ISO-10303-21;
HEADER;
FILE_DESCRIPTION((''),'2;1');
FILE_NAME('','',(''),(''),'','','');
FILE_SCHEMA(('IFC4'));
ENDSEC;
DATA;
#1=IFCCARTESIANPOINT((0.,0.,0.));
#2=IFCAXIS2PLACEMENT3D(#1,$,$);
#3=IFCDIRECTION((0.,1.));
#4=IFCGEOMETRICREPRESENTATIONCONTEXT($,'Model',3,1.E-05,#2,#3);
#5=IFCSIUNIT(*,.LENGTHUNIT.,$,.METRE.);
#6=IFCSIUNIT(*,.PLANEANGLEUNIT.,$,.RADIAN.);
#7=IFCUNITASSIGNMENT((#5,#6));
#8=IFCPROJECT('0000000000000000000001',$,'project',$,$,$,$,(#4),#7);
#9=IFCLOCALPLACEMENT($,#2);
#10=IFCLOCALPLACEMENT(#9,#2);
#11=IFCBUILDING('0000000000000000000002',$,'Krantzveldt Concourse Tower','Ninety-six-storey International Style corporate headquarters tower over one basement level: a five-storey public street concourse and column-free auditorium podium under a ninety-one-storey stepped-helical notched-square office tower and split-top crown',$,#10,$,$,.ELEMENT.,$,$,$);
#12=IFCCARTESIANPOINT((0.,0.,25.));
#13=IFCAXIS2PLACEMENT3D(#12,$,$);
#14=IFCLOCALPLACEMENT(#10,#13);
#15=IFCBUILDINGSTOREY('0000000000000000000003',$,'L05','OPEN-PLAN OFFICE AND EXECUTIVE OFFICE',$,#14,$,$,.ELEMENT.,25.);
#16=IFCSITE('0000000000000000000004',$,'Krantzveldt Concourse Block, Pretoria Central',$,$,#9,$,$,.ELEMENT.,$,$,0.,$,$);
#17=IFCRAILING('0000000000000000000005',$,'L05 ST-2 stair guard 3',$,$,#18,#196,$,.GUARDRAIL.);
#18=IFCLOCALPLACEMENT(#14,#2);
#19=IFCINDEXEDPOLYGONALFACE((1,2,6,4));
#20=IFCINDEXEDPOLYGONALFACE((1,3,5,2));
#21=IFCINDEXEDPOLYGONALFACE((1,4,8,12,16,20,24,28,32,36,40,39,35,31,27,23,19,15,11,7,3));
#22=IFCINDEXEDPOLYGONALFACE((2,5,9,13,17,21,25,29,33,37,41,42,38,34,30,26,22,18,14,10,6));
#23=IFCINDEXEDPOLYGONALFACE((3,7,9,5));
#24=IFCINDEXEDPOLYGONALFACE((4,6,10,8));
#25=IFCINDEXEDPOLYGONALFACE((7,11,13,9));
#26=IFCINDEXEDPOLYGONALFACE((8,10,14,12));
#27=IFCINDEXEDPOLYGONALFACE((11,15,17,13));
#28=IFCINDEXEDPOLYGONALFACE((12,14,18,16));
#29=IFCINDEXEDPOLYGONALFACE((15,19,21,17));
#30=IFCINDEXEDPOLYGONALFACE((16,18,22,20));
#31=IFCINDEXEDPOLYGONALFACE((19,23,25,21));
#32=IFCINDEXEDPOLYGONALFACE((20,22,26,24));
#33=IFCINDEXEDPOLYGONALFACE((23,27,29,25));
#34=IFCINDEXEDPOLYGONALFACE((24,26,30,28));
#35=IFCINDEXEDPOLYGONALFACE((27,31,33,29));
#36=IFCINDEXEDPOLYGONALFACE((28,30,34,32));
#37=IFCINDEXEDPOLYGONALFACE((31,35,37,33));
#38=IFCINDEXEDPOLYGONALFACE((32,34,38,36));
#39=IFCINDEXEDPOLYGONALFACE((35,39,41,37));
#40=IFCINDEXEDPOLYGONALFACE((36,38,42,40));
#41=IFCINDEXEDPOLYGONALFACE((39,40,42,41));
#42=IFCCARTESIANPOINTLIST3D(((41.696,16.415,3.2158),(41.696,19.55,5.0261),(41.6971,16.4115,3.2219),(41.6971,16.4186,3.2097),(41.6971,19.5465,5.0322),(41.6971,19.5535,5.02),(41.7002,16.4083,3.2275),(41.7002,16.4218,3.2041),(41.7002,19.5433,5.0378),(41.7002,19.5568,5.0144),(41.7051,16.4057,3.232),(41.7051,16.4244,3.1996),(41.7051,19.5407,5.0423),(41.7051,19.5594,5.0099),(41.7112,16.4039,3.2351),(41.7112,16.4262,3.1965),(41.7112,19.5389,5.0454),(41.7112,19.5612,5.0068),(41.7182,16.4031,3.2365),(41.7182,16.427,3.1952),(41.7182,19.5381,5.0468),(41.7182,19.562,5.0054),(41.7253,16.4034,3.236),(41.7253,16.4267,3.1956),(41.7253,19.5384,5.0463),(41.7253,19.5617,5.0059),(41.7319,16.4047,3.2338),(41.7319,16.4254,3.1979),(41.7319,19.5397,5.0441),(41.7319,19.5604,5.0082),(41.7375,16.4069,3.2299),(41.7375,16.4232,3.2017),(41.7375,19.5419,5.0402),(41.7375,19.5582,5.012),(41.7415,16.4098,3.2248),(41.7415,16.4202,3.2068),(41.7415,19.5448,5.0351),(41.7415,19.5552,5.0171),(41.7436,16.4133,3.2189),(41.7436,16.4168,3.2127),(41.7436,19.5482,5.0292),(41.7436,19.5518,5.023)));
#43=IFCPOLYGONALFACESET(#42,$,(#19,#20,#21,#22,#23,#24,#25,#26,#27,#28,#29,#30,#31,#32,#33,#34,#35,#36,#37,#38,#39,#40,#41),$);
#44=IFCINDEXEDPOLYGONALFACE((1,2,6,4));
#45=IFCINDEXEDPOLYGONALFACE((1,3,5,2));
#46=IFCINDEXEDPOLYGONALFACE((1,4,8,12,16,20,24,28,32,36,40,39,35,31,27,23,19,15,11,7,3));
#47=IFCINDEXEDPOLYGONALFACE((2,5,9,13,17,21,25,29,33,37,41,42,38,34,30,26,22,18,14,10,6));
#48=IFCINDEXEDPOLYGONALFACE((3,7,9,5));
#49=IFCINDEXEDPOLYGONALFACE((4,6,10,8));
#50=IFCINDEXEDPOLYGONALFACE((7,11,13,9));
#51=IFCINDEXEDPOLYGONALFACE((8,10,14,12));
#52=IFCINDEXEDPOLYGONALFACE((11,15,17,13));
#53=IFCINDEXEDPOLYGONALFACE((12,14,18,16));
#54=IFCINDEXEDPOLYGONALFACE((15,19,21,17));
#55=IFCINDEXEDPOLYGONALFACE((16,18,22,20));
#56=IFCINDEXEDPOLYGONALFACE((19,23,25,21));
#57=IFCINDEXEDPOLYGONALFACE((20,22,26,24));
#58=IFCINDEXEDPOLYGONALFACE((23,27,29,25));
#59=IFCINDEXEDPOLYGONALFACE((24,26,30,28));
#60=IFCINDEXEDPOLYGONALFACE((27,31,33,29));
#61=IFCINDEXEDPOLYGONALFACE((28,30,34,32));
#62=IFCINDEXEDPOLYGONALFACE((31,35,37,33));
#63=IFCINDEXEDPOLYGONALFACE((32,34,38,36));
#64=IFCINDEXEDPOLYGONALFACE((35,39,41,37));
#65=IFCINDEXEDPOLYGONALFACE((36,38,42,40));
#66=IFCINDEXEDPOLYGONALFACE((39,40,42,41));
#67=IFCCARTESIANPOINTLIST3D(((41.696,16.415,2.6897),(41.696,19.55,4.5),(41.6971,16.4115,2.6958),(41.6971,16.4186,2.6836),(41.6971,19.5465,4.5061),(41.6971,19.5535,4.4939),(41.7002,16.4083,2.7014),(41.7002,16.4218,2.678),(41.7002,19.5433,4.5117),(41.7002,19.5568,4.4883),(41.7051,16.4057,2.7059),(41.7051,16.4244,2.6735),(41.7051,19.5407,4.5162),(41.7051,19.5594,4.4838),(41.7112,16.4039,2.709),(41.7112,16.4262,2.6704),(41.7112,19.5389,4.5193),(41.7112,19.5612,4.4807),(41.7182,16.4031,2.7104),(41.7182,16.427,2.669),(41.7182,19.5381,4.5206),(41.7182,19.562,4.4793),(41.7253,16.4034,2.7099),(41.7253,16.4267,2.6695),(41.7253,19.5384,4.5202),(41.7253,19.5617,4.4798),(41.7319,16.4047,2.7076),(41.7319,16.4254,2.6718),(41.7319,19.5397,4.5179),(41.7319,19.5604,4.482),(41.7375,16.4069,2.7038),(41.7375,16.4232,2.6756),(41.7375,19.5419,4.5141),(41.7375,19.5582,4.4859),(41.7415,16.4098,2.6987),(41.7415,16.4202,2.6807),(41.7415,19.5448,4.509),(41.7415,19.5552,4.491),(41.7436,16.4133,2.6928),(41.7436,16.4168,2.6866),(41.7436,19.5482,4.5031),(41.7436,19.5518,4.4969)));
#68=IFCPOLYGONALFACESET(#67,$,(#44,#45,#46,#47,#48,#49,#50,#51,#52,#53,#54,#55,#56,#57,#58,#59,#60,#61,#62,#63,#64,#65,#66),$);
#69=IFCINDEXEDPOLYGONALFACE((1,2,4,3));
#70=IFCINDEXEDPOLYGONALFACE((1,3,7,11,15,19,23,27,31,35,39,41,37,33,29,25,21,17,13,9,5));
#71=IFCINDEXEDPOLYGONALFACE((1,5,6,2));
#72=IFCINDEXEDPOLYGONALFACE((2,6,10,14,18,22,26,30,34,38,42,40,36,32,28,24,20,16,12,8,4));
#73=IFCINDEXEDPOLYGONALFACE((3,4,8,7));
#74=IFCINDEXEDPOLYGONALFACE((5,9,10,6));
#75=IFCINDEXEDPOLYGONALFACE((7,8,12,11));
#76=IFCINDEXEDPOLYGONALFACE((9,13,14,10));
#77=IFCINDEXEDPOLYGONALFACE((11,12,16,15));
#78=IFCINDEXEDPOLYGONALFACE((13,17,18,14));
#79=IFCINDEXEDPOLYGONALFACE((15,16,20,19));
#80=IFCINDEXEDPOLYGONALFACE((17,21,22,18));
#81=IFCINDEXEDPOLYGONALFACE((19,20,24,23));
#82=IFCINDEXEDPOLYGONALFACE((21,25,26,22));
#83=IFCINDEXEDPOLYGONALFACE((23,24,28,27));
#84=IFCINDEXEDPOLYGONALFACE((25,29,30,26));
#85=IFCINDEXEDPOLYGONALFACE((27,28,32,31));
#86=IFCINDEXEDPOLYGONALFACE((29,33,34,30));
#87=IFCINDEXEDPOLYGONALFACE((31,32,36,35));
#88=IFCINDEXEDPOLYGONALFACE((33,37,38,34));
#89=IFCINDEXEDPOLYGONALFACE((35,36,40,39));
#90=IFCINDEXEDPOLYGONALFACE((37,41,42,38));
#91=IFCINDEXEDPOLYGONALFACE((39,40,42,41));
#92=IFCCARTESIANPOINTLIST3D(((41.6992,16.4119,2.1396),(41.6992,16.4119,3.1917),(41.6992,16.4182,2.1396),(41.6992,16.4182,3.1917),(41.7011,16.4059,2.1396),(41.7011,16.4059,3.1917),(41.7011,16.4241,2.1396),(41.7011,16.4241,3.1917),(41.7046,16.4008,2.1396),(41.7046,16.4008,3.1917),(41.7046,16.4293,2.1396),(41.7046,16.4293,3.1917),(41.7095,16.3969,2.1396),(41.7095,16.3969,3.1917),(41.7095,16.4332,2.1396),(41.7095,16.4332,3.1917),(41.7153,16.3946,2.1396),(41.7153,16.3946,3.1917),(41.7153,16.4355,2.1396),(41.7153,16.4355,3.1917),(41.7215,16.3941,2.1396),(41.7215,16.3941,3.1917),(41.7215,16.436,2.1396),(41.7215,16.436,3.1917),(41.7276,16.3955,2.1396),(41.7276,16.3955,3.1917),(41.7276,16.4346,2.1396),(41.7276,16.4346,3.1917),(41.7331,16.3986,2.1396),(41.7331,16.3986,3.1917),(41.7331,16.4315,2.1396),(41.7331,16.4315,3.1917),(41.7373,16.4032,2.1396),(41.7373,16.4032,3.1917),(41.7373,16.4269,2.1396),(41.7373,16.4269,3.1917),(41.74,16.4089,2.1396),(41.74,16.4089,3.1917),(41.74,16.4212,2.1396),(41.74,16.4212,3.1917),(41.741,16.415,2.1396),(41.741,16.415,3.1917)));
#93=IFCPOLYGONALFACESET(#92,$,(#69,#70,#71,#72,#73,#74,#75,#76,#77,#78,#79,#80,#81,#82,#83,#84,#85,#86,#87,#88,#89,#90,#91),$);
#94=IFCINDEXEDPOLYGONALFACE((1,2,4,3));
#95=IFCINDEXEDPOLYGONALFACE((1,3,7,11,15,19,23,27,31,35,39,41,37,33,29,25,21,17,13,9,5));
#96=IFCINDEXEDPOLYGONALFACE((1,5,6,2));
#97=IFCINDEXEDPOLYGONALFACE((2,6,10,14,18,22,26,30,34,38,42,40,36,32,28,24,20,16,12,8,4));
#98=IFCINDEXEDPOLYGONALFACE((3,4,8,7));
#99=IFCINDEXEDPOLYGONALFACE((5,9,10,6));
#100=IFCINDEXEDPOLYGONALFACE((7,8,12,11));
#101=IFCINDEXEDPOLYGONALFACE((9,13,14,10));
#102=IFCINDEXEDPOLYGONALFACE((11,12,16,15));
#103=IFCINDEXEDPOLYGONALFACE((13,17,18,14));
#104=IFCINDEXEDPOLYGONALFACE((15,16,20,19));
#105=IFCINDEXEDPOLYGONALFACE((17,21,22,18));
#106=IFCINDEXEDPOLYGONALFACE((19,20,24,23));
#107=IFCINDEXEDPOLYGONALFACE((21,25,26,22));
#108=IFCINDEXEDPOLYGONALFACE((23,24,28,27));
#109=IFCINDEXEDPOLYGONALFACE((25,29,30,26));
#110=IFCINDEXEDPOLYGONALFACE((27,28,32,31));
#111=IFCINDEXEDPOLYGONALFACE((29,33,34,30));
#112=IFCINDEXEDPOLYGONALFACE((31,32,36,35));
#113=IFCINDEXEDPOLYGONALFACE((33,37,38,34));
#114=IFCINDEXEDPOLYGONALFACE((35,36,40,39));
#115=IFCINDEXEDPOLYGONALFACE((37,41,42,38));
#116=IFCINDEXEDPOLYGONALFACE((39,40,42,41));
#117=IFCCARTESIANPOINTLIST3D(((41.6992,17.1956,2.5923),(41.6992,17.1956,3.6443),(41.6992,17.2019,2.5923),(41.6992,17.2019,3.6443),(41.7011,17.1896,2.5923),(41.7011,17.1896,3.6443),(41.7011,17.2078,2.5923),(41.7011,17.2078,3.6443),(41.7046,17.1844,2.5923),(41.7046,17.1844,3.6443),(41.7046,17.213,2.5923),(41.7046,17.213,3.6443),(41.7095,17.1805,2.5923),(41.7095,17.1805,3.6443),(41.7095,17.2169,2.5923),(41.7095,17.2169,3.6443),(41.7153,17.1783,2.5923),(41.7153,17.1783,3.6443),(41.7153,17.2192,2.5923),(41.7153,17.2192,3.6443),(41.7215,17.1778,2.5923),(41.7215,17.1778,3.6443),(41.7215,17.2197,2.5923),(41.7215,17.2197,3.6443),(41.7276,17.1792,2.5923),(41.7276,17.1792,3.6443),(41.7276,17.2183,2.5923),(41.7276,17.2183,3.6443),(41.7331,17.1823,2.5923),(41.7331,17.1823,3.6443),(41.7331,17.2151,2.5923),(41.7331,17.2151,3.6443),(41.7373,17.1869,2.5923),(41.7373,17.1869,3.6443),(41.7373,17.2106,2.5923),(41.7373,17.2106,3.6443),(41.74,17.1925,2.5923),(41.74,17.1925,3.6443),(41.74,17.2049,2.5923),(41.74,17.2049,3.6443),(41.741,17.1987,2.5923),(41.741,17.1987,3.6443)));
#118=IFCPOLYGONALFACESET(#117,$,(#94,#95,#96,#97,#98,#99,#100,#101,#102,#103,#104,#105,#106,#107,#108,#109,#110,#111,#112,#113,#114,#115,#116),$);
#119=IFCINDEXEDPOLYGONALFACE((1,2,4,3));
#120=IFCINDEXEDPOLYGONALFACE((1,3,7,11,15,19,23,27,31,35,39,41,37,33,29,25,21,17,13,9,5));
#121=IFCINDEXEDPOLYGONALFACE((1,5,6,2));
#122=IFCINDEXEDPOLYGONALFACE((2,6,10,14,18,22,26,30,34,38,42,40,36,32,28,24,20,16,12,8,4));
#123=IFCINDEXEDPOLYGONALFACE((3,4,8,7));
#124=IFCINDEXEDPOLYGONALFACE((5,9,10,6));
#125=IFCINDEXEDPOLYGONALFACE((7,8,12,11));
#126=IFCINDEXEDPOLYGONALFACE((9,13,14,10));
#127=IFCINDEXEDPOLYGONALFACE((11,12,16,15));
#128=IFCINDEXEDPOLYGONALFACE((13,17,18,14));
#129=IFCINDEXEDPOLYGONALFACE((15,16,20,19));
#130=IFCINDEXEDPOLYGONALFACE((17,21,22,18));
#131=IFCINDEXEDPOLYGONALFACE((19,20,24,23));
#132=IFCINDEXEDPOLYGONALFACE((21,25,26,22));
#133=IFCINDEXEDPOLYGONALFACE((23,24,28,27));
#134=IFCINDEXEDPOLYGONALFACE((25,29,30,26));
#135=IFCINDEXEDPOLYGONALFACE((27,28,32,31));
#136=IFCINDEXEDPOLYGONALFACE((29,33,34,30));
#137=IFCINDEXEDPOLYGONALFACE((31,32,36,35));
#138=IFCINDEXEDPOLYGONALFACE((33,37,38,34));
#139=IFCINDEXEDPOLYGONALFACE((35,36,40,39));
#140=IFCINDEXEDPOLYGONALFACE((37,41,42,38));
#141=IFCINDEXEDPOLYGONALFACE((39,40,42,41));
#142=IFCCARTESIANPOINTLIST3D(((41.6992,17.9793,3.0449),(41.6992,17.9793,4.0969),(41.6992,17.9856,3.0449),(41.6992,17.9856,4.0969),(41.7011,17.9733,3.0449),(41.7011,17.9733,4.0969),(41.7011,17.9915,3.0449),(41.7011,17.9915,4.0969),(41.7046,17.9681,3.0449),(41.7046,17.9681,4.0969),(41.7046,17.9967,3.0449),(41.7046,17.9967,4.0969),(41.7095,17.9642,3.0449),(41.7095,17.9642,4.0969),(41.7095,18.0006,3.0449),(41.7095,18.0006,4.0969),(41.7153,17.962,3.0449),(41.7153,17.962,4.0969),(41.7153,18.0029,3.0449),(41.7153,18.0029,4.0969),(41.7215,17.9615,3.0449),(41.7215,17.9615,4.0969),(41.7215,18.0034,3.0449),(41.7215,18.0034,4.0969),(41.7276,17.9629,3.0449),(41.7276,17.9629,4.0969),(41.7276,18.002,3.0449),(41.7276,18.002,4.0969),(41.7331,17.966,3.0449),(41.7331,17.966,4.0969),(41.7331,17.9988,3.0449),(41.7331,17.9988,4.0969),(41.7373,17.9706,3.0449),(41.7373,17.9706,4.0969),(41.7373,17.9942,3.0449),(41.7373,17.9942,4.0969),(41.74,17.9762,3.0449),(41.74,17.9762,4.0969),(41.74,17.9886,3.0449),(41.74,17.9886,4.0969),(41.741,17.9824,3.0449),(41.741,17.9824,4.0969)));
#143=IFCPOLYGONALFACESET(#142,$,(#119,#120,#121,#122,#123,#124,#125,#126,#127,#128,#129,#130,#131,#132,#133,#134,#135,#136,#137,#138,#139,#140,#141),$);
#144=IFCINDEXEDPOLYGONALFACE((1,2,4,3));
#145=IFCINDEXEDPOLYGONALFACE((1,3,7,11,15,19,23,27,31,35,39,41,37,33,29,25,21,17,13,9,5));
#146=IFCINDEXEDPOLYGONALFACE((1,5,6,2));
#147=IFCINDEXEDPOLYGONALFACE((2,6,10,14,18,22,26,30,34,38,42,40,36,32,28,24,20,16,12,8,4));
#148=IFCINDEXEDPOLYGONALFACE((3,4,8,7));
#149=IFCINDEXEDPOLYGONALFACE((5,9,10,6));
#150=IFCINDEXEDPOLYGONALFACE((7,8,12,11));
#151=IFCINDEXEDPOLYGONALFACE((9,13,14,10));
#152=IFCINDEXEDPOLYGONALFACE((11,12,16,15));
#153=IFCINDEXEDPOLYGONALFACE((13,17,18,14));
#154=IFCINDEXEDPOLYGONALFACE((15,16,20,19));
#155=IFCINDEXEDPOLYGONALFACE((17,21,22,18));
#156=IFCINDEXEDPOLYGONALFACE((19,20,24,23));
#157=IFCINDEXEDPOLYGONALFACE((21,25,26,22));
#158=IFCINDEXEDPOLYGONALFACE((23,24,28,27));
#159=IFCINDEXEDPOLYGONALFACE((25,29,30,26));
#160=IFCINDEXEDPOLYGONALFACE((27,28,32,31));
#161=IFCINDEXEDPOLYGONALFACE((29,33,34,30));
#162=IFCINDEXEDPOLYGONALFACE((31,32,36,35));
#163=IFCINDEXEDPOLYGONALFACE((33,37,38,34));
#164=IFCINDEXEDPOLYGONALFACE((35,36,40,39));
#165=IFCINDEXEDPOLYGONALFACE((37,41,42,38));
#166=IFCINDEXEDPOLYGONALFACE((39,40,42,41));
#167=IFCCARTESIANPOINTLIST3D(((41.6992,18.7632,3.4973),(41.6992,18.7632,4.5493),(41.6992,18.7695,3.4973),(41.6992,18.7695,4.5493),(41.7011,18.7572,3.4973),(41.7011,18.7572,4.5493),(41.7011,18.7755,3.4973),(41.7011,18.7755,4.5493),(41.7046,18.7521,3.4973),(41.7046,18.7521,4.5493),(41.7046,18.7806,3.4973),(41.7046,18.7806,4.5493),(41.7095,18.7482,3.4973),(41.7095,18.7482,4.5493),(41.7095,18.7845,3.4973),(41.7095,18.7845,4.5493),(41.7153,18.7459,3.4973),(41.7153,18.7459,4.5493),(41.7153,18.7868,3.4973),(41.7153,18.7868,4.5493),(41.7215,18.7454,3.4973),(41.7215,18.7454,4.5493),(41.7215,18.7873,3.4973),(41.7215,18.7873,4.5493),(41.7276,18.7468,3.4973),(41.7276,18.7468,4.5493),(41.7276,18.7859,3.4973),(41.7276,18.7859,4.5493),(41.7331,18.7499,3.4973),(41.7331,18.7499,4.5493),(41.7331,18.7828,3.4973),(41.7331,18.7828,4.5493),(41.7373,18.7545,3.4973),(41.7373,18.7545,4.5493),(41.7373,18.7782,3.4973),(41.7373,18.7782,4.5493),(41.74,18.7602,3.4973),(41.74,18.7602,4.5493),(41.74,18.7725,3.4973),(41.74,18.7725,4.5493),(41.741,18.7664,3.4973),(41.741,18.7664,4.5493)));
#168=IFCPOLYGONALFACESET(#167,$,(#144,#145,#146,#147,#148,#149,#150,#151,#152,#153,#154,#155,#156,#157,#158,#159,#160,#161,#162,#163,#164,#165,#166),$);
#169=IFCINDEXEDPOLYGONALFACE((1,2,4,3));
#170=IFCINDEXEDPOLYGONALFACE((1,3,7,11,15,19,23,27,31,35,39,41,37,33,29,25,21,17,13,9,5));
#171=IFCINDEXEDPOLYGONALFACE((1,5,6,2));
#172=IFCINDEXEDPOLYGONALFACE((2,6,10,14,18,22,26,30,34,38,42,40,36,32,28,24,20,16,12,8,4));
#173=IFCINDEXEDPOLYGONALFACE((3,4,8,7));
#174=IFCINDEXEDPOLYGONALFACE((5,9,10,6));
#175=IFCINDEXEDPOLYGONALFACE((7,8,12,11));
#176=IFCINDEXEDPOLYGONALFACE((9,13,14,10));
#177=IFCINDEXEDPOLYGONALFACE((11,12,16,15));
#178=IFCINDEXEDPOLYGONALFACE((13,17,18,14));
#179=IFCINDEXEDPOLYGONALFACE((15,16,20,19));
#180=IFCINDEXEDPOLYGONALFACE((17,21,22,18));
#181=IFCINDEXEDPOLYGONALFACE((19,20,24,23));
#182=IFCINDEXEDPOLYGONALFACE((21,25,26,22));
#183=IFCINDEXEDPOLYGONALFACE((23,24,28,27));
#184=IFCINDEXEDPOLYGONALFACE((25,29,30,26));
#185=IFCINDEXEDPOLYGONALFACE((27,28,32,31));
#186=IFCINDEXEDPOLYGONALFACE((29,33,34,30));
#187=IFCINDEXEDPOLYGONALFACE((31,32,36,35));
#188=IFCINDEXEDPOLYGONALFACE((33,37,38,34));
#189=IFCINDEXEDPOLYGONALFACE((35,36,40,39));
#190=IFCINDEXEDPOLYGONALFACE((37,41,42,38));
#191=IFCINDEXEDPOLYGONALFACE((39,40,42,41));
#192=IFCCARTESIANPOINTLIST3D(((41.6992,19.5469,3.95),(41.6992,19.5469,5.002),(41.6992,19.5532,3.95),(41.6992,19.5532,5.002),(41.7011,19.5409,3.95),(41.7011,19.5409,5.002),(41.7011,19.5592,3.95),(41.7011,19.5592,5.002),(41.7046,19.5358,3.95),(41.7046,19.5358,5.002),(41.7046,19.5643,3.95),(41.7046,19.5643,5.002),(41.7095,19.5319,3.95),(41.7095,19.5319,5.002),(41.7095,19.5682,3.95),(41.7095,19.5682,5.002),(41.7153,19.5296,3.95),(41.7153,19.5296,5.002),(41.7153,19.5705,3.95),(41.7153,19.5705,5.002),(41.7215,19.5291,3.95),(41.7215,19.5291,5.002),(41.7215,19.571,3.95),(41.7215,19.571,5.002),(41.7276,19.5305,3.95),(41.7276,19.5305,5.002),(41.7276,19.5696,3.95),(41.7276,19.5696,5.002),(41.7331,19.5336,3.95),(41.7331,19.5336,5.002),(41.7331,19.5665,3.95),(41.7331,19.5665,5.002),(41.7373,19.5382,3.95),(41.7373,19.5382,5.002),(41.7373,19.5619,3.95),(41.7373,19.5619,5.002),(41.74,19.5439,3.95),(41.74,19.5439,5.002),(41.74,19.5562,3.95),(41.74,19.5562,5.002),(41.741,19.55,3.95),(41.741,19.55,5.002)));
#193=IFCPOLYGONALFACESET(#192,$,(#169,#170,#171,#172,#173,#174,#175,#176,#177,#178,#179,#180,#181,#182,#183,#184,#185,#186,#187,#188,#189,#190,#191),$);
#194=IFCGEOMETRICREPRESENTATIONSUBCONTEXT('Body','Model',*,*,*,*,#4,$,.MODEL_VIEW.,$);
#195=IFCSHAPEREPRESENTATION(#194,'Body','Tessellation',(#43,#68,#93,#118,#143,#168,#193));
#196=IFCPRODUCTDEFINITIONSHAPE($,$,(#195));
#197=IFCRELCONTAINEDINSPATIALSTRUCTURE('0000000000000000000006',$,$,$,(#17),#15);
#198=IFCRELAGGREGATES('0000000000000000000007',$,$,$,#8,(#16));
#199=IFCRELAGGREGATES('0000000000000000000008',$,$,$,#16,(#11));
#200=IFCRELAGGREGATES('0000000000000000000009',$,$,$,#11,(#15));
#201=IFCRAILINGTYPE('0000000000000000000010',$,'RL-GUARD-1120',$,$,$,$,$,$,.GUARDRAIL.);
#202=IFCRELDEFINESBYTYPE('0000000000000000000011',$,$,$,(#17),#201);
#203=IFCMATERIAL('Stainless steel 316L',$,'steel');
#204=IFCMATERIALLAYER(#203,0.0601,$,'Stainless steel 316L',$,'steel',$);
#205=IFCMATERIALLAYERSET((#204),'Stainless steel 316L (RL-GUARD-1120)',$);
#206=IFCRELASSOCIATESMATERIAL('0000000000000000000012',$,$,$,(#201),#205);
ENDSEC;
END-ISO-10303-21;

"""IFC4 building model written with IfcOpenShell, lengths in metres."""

from ifc_helpers import new_model, si_unit, direction, frame, origin, origin_2d, place, context, subcontext, project, spatial, circle, extrude, material, layer, layer_set, type_object, element, save


model = new_model("IFC4")

# Units and contexts
model_context = context("Model", 3, precision=1e-05, world=origin(), true_north=direction((0.0, 1.0)))
body_context = subcontext(model_context, "Body", "Model", "MODEL_VIEW")
ifc_project = project(units=[si_unit("LENGTHUNIT", "METRE"), si_unit("PLANEANGLEUNIT", "RADIAN")], contexts=[model_context])

# Site, building, storey
site_placement = place(None, origin())
site = spatial("IfcSite", under=ifc_project, at=site_placement, Name="Krantzveldt Concourse Block, Pretoria Central", CompositionType="ELEMENT", RefElevation=0.0)
building_placement = place(site_placement, origin())
building = spatial("IfcBuilding", under=site, at=building_placement, Name="Krantzveldt Concourse Tower", Description="Ninety-six-storey International Style corporate headquarters tower over one basement level: a five-storey public street concourse and column-free auditorium podium under a ninety-one-storey stepped-helical notched-square office tower and split-top crown", CompositionType="ELEMENT")
storey_placement = place(building_placement, frame((0.0, 0.0, 25.0)))
storey = spatial("IfcBuildingStorey", under=building, at=storey_placement, Name="L05", Description="OPEN-PLAN OFFICE AND EXECUTIVE OFFICE", CompositionType="ELEMENT", Elevation=25.0)

# Shared definitions
ifc_material_1 = material(Name="Stainless steel 316L", Category="steel")

# Railing
ifc_layer_1 = layer(ifc_material_1, 0.0601, Name="Stainless steel 316L", Category="steel")
ifc_layer_set_1 = layer_set([ifc_layer_1], Name="Stainless steel 316L (RL-GUARD-1120)")
railing_type_1 = type_object("IfcRailingType", Name="RL-GUARD-1120", PredefinedType="GUARDRAIL", material=ifc_layer_set_1)
railing_1_placement = place(storey_placement, frame((41.72, 16.415, 2.1396)))
element("IfcRailing", 1, at=railing_1_placement, inside=storey, type_object=railing_type_1, Name="L05 ST-2 stair guard 3", PredefinedType="GUARDRAIL", context=body_context, shape_type="SweptSolid", body=[
    extrude(circle(Radius=0.0239, at=origin_2d()), frame((0.0, 0.0, 1.0762), z_axis=(0.0, 0.865989, 0.500063), x_axis=(-1.0, 0.0, 0.0)), (0.0, 0.0, 1.0), 3.6201),
    extrude(circle(Radius=0.0239, at=origin_2d()), frame((0.0, 0.0, 0.55), z_axis=(0.0, 0.865989, 0.500063), x_axis=(-1.0, 0.0, 0.0)), (0.0, 0.0, 1.0), 3.6201),
    extrude(circle(Radius=0.021, at=origin_2d()), origin(), (0.0, 0.0, 1.0), 1.052),
    extrude(circle(Radius=0.021, at=origin_2d()), frame((0.0, 0.7837, 0.4526)), (0.0, 0.0, 1.0), 1.052),
    extrude(circle(Radius=0.021, at=origin_2d()), frame((0.0, 1.5674, 0.9053)), (0.0, 0.0, 1.0), 1.052),
    extrude(circle(Radius=0.021, at=origin_2d()), frame((0.0, 2.3513, 1.3577)), (0.0, 0.0, 1.0), 1.052),
    extrude(circle(Radius=0.021, at=origin_2d()), frame((0.0, 3.135, 1.8103)), (0.0, 0.0, 1.0), 1.052),
])

save(model, "model.ifc")
